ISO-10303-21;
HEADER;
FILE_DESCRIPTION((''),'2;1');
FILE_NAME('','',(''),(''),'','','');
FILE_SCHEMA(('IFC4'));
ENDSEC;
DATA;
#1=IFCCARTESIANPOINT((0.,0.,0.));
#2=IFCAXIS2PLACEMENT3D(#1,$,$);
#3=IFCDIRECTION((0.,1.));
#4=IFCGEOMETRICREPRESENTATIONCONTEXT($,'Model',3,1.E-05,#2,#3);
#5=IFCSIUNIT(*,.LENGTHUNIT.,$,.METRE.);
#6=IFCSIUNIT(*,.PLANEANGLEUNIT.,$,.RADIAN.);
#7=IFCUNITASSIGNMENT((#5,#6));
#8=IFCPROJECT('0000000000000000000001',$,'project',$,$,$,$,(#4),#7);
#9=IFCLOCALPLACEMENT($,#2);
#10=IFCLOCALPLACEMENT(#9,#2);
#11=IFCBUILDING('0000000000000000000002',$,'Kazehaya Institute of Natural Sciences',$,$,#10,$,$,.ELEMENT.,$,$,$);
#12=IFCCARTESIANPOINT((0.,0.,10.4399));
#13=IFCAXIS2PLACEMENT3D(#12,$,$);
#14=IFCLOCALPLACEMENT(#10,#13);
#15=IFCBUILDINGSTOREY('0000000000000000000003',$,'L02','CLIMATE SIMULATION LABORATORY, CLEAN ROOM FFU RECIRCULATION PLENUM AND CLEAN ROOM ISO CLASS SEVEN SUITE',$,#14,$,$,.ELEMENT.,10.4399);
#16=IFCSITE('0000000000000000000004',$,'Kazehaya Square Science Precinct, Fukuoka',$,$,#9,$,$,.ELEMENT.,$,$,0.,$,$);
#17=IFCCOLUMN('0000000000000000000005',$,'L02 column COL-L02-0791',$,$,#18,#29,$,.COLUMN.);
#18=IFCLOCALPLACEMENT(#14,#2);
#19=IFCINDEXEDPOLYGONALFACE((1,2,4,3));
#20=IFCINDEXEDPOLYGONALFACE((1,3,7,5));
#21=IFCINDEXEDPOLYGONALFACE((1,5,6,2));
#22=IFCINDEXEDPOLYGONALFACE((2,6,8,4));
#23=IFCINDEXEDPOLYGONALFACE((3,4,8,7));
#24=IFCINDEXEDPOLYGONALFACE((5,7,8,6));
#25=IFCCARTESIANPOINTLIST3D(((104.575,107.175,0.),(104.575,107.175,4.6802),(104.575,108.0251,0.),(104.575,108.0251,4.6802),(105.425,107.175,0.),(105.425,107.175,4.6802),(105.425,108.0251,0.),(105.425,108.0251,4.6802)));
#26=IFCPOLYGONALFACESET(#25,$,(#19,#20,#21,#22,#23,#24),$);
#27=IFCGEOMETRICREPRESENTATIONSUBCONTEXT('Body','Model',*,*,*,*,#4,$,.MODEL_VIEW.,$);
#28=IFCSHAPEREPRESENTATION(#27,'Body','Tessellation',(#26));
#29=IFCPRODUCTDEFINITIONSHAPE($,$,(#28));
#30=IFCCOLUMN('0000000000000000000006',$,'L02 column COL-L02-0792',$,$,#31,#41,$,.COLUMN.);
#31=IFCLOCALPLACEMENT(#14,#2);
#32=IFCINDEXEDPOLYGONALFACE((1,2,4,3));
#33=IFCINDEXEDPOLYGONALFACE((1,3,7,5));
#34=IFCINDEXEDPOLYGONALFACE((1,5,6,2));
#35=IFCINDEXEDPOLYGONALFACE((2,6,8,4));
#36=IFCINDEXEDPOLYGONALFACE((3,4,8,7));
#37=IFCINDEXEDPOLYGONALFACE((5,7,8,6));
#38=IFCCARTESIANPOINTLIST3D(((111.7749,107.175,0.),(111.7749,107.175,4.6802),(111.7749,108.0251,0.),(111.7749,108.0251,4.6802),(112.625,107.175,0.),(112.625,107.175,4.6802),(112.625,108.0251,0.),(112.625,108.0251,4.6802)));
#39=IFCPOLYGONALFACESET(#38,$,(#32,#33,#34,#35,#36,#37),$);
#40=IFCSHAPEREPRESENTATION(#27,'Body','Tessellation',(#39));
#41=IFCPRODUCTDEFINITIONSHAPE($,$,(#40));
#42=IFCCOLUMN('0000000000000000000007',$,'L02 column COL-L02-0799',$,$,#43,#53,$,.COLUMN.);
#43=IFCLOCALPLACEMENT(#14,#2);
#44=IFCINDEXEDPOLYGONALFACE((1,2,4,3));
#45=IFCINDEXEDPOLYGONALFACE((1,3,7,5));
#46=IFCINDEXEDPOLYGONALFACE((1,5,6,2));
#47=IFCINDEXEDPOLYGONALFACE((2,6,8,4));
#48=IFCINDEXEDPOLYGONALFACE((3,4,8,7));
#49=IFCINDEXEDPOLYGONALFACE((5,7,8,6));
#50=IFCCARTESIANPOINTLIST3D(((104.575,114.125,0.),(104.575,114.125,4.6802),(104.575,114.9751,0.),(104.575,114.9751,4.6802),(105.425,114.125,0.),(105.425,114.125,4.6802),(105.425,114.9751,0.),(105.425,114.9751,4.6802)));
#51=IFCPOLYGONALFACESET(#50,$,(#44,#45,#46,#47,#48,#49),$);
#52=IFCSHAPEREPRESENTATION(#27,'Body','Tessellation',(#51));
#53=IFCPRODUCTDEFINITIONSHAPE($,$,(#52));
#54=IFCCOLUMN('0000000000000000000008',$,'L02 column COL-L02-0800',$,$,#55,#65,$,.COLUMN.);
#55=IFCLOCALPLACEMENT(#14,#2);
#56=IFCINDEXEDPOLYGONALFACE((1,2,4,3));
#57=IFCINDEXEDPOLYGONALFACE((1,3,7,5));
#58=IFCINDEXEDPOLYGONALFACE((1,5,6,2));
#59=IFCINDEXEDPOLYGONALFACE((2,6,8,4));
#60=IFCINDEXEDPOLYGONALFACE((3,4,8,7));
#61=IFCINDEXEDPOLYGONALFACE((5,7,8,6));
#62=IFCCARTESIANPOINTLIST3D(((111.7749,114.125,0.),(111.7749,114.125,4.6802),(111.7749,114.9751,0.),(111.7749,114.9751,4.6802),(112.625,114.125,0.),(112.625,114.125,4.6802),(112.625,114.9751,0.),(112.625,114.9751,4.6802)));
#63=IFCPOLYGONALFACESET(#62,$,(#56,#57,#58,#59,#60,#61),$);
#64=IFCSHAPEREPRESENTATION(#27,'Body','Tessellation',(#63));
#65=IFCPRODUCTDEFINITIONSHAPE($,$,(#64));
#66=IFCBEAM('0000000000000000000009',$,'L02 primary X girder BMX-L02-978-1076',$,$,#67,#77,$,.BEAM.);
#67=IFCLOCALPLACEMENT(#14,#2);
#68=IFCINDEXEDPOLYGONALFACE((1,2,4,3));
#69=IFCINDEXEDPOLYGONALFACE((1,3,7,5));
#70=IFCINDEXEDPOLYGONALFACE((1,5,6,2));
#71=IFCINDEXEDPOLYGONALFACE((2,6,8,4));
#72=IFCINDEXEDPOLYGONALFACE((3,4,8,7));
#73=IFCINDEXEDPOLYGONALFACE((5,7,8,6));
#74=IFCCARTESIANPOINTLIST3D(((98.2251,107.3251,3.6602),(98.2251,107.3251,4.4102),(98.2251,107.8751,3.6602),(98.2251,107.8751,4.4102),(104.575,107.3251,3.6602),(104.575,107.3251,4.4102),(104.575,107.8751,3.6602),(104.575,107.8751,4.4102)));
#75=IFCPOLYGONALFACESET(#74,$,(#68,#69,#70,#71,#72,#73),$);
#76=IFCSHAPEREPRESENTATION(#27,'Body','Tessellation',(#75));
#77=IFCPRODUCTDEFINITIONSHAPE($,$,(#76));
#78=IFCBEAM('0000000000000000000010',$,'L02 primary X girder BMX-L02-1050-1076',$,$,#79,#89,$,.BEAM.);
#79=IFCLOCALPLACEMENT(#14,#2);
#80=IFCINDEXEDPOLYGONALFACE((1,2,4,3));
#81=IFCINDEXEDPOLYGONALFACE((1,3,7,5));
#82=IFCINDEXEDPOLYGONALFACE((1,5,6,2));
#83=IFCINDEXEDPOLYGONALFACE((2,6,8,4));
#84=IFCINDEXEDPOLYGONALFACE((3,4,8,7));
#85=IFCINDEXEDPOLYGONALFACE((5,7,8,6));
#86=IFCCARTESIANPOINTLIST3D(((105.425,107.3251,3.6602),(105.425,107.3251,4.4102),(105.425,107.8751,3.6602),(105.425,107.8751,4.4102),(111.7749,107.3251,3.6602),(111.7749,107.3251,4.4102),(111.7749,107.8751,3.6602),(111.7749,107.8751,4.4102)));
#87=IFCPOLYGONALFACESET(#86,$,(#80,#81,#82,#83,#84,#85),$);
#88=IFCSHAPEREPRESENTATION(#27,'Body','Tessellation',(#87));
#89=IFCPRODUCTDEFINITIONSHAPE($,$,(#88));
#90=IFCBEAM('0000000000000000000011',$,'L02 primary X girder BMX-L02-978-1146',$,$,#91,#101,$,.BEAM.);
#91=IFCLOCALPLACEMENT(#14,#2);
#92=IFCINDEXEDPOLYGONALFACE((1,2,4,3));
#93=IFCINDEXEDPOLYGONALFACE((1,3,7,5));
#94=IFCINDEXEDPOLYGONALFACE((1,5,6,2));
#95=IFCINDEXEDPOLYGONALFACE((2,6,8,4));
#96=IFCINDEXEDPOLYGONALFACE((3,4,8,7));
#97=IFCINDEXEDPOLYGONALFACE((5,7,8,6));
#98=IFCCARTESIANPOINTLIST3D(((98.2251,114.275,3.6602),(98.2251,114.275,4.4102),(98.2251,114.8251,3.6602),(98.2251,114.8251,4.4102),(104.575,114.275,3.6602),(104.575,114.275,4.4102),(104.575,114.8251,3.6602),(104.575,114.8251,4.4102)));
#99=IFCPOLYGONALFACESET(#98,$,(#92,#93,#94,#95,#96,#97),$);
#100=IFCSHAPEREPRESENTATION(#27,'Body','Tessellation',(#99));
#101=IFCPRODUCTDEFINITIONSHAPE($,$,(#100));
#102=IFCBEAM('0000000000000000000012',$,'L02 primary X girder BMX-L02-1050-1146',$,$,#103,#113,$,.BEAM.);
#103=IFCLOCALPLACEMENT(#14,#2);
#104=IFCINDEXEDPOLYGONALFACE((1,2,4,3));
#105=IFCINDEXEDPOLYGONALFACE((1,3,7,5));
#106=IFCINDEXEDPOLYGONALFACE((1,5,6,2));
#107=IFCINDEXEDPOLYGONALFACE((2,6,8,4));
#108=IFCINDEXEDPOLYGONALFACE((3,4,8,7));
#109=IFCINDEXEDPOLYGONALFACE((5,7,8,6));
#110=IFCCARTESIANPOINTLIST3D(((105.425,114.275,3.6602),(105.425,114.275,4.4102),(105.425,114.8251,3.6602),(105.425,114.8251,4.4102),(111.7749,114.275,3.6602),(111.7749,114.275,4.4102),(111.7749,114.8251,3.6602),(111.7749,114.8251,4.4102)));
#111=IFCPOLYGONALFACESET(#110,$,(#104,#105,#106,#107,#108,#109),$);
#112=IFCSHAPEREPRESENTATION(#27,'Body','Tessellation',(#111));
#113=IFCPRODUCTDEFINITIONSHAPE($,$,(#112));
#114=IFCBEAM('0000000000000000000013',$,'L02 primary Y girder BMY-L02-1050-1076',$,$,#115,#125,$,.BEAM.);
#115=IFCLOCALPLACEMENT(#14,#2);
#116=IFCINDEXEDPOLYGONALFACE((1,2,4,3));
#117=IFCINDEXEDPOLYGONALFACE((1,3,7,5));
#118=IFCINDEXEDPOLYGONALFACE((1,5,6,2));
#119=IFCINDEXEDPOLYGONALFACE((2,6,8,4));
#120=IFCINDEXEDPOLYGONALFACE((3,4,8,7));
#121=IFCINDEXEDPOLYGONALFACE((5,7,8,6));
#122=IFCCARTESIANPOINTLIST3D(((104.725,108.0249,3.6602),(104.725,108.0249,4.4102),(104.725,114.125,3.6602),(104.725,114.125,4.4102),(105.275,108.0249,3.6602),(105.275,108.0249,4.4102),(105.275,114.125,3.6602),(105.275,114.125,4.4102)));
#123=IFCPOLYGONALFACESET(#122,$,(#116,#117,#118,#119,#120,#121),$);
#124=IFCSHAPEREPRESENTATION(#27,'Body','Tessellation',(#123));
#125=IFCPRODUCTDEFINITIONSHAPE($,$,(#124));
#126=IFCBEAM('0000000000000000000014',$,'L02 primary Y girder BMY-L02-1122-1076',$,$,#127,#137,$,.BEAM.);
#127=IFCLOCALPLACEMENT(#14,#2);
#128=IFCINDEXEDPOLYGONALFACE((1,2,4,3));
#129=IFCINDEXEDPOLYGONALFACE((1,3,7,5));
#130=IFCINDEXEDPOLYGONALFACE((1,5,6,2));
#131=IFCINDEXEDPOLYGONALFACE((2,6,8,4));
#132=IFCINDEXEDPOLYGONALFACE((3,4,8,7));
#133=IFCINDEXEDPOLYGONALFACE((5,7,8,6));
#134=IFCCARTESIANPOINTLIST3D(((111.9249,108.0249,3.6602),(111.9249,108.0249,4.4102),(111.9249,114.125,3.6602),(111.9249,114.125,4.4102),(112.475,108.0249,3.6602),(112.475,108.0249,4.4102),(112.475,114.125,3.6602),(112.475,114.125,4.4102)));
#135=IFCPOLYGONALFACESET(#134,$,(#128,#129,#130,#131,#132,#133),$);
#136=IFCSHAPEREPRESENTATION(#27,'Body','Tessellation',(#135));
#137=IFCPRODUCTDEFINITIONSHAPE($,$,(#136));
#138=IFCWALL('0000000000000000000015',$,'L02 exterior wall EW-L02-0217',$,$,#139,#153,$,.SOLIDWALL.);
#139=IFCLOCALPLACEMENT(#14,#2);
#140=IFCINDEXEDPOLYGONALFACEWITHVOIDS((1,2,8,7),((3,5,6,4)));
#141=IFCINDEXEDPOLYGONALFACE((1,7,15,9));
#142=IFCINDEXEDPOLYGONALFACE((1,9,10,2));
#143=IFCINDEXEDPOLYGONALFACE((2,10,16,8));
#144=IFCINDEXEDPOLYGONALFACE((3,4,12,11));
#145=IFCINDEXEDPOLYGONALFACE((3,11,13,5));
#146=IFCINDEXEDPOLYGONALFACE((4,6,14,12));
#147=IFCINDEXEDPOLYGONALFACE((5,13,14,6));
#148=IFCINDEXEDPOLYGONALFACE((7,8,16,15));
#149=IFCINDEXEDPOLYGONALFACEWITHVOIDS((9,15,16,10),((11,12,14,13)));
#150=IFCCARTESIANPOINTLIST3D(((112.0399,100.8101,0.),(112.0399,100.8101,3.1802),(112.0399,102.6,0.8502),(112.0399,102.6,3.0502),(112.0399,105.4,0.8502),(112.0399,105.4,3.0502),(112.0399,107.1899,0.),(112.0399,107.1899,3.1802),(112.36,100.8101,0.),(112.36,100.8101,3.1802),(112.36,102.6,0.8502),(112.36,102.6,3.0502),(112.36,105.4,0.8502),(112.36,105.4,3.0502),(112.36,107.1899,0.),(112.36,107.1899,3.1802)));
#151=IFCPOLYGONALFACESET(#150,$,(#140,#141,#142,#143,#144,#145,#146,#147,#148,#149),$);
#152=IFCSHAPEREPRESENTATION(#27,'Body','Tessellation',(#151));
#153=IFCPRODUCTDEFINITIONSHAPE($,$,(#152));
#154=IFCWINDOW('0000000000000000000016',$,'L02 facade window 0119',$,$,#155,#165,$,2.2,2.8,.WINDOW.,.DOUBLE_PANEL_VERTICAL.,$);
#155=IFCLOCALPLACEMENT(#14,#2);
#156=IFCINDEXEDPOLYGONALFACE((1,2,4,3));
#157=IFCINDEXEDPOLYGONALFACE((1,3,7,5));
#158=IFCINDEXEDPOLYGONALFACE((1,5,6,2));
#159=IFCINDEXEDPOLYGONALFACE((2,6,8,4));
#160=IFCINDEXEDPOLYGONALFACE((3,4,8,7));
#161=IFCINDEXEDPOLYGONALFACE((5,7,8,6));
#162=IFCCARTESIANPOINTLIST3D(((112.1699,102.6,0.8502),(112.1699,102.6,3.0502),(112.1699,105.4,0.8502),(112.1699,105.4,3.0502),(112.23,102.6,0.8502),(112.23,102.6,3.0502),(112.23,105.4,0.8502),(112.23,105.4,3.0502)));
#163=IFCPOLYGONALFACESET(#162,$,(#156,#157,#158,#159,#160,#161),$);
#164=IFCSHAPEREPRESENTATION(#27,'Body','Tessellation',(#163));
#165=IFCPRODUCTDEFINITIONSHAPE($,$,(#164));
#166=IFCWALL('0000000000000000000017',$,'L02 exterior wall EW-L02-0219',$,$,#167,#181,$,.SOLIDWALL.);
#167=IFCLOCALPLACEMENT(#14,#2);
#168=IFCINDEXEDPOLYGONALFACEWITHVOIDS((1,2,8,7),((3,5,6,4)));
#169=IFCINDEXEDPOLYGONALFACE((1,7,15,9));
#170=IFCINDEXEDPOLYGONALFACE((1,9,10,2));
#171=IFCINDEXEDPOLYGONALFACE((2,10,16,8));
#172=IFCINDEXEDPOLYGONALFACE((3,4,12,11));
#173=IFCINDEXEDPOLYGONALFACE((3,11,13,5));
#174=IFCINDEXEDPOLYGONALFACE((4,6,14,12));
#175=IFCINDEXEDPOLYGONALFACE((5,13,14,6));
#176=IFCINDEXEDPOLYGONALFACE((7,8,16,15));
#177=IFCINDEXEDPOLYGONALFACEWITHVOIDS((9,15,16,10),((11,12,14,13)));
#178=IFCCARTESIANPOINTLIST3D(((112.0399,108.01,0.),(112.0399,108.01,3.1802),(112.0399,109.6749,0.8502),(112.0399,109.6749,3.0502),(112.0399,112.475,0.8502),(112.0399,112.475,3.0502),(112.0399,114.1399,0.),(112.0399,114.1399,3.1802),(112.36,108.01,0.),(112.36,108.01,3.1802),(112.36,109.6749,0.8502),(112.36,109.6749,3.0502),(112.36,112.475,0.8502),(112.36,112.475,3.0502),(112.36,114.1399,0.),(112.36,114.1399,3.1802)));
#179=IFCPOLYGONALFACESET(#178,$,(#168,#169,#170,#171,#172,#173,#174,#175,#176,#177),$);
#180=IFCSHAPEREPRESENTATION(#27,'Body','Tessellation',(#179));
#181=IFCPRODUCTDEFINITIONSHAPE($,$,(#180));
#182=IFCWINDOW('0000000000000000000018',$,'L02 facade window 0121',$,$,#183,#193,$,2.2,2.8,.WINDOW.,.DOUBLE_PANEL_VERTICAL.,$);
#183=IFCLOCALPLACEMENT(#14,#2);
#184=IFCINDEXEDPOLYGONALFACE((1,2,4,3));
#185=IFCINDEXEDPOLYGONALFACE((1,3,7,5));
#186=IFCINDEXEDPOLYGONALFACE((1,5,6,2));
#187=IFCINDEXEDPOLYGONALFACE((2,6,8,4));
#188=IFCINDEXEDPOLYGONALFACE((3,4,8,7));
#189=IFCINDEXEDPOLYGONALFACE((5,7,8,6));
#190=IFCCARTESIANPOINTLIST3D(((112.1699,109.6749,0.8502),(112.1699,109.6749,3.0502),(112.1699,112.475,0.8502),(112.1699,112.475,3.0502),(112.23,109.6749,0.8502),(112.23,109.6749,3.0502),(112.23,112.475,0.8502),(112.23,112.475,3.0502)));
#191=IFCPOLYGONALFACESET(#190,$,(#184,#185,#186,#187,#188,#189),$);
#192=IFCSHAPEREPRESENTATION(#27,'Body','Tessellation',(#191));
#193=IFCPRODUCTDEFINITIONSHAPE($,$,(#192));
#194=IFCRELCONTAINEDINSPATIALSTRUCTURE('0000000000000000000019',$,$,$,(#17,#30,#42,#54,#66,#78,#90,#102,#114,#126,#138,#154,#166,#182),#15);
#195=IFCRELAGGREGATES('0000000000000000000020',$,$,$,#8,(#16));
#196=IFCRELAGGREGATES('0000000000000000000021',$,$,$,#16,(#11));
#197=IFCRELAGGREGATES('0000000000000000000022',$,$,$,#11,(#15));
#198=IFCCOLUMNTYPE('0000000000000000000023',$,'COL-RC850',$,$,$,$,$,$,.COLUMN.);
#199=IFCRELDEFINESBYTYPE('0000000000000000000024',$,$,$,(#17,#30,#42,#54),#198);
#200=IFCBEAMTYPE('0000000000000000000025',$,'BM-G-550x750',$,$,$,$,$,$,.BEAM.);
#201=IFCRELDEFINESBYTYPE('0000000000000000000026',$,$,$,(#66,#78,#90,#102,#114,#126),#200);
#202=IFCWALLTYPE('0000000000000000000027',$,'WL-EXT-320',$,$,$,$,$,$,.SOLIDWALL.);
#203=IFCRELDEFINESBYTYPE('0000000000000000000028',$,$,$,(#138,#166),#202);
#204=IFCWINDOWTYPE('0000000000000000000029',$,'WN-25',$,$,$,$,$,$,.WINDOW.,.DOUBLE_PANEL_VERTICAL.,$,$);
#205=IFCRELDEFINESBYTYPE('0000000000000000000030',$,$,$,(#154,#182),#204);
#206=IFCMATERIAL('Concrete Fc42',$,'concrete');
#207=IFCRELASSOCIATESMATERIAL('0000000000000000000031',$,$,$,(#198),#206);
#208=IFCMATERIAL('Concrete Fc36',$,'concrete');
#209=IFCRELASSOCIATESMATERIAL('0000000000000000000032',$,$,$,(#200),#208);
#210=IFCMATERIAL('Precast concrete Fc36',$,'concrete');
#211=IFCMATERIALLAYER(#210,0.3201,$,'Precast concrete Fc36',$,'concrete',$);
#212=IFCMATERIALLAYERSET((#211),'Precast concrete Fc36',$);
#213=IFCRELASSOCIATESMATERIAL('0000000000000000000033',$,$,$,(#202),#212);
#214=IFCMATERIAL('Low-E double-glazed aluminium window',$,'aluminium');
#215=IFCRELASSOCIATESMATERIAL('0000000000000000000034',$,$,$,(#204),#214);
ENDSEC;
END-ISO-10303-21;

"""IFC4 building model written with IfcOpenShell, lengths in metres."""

from ifc_helpers import new_model, si_unit, direction, frame, frame_2d, origin, origin_2d, place, context, subcontext, project, spatial, rectangle, extrude, material, layer, layer_set, material_profile, profile_set, type_object, element, fill, save


model = new_model("IFC4")

# Units and contexts
model_context = context("Model", 3, precision=1e-05, world=origin(), true_north=direction((0.0, 1.0)))
body_context = subcontext(model_context, "Body", "Model", "MODEL_VIEW")
ifc_project = project(units=[si_unit("LENGTHUNIT", "METRE"), si_unit("PLANEANGLEUNIT", "RADIAN")], contexts=[model_context])

# Site, building, storey
site_placement = place(None, origin())
site = spatial("IfcSite", under=ifc_project, at=site_placement, Name="Kazehaya Square Science Precinct, Fukuoka", CompositionType="ELEMENT", RefElevation=0.0)
building_placement = place(site_placement, origin())
building = spatial("IfcBuilding", under=site, at=building_placement, Name="Kazehaya Institute of Natural Sciences", CompositionType="ELEMENT")
storey_placement = place(building_placement, frame((0.0, 0.0, 10.4399)))
storey = spatial("IfcBuildingStorey", under=building, at=storey_placement, Name="L02", Description="CLIMATE SIMULATION LABORATORY, CLEAN ROOM FFU RECIRCULATION PLENUM AND CLEAN ROOM ISO CLASS SEVEN SUITE", CompositionType="ELEMENT", Elevation=10.4399)

# Columns
ifc_material_1 = material(Name="Concrete Fc42", Category="concrete")
ifc_material_profile_1 = material_profile(ifc_material_1, rectangle(XDim=0.8501, YDim=0.8501, at=origin_2d()), Name="RC-850x850")
ifc_profile_set_1 = profile_set([ifc_material_profile_1], Name="Concrete Fc42")
column_type = type_object("IfcColumnType", Name="COL-RC850", PredefinedType="COLUMN", material=ifc_profile_set_1)
for number, where, z_axis, x_axis, name in (
    (1, (105.0, 107.6001, 0.0), (0.0, 0.0, 1.0), (1.0, 0.0, 0.0), "L02 column COL-L02-0791"),
    (2, (112.2, 107.6001, 0.0), (0.0, 0.0, 1.0), (1.0, 0.0, 0.0), "L02 column COL-L02-0792"),
    (3, (105.0, 114.55, 0.0), (0.0, 0.0, 1.0), (1.0, 0.0, 0.0), "L02 column COL-L02-0799"),
    (4, (112.2, 114.55, 0.0), (0.0, 0.0, 1.0), (1.0, 0.0, 0.0), "L02 column COL-L02-0800"),
):
    element("IfcColumn", number, at=place(storey_placement, frame(where, z_axis=z_axis, x_axis=x_axis)), inside=storey, type_object=column_type, Name=name, PredefinedType="COLUMN", context=body_context, shape_type="SweptSolid", body=[
        extrude(rectangle(XDim=0.8501, YDim=0.8501, at=origin_2d()), origin(), (0.0, 0.0, 1.0), 4.6802),
    ])

# Beams
ifc_material_2 = material(Name="Concrete Fc36", Category="concrete")
ifc_material_profile_2 = material_profile(ifc_material_2, rectangle(XDim=0.55, YDim=0.75, at=origin_2d()), Name="RC-550x750")
ifc_profile_set_2 = profile_set([ifc_material_profile_2], Name="Concrete Fc36")
beam_type = type_object("IfcBeamType", Name="BM-G-550x750", PredefinedType="BEAM", material=ifc_profile_set_2)
for number, where, z_axis, x_axis, name in (
    (5, (98.2251, 107.6001, 4.0352), (1.0, 0.0, 0.0), (0.0, 1.0, 0.0), "L02 primary X girder BMX-L02-978-1076"),
    (6, (105.425, 107.6001, 4.0352), (1.0, 0.0, 0.0), (0.0, 1.0, 0.0), "L02 primary X girder BMX-L02-1050-1076"),
    (7, (98.2251, 114.55, 4.0352), (1.0, 0.0, 0.0), (0.0, 1.0, 0.0), "L02 primary X girder BMX-L02-978-1146"),
    (8, (105.425, 114.55, 4.0352), (1.0, 0.0, 0.0), (0.0, 1.0, 0.0), "L02 primary X girder BMX-L02-1050-1146"),
):
    element("IfcBeam", number, at=place(storey_placement, frame(where, z_axis=z_axis, x_axis=x_axis)), inside=storey, type_object=beam_type, Name=name, PredefinedType="BEAM", context=body_context, shape_type="SweptSolid", body=[
        extrude(rectangle(XDim=0.55, YDim=0.75, at=origin_2d()), origin(), (0.0, 0.0, 1.0), 6.3499),
    ])
for number, where, z_axis, x_axis, name in (
    (9, (105.0, 108.0249, 4.0352), (0.0, 1.0, 0.0), (-1.0, 0.0, 0.0), "L02 primary Y girder BMY-L02-1050-1076"),
    (10, (112.2, 108.0249, 4.0352), (0.0, 1.0, 0.0), (-1.0, 0.0, 0.0), "L02 primary Y girder BMY-L02-1122-1076"),
):
    element("IfcBeam", number, at=place(storey_placement, frame(where, z_axis=z_axis, x_axis=x_axis)), inside=storey, type_object=beam_type, Name=name, PredefinedType="BEAM", context=body_context, shape_type="SweptSolid", body=[
        extrude(rectangle(XDim=0.55, YDim=0.75, at=origin_2d()), origin(), (0.0, 0.0, 1.0), 6.1001),
    ])

# Walls, openings, windows
ifc_material_3 = material(Name="Precast concrete Fc36", Category="concrete")
ifc_layer_1 = layer(ifc_material_3, 0.3201, Name="Precast concrete Fc36", Category="concrete")
ifc_layer_set_1 = layer_set([ifc_layer_1], Name="Precast concrete Fc36")
wall_type = type_object("IfcWallType", Name="WL-EXT-320", PredefinedType="SOLIDWALL", material=ifc_layer_set_1)
wall_1_placement = place(storey_placement, frame((112.2, 107.1899, 0.0), z_axis=(0.0, 0.0, 1.0), x_axis=(0.0, -1.0, 0.0)))
wall_1 = element("IfcWall", 11, at=wall_1_placement, inside=storey, type_object=wall_type, Name="L02 exterior wall EW-L02-0217", PredefinedType="SOLIDWALL", context=body_context, shape_type="SweptSolid", body=[
    extrude(rectangle(XDim=6.3799, YDim=0.3201, at=frame_2d((3.1899, 0.0))), origin(), (0.0, 0.0, 1.0), 3.1802),
])
opening_1_placement = place(wall_1_placement, frame((1.79, 0.0, 0.8501)))
opening_1 = element("IfcOpeningElement", 12, at=opening_1_placement, cuts=wall_1, PredefinedType="OPENING", context=body_context, shape_type="SweptSolid", body=[
    extrude(rectangle(XDim=2.8, YDim=2.2, at=frame_2d((1.3999, 1.1001))), frame((0.0, 0.1699, 0.0), z_axis=(0.0, -1.0, 0.0), x_axis=(1.0, 0.0, 0.0)), (0.0, 0.0, 1.0), 0.3401),
])
ifc_material_4 = material(Name="Low-E double-glazed aluminium window", Category="aluminium")
window_type_1 = type_object("IfcWindowType", Name="WN-25", PartitioningType="DOUBLE_PANEL_VERTICAL", PredefinedType="WINDOW", material=ifc_material_4)
window_1_placement = place(opening_1_placement, origin())
window_1 = element("IfcWindow", 13, at=window_1_placement, inside=storey, type_object=window_type_1, Name="L02 facade window 0119", OverallHeight=2.2, OverallWidth=2.8, PartitioningType="DOUBLE_PANEL_VERTICAL", PredefinedType="WINDOW", context=body_context, shape_type="SweptSolid", body=[
    extrude(rectangle(XDim=2.8, YDim=2.2, at=frame_2d((1.3999, 1.1001))), frame((0.0, 0.03, 0.0), z_axis=(0.0, -1.0, 0.0), x_axis=(1.0, 0.0, 0.0)), (0.0, 0.0, 1.0), 0.0601),
])
fill(opening_1, window_1)
wall_2_placement = place(storey_placement, frame((112.2, 114.1399, 0.0), z_axis=(0.0, 0.0, 1.0), x_axis=(0.0, -1.0, 0.0)))
wall_2 = element("IfcWall", 14, at=wall_2_placement, inside=storey, type_object=wall_type, Name="L02 exterior wall EW-L02-0219", PredefinedType="SOLIDWALL", context=body_context, shape_type="SweptSolid", body=[
    extrude(rectangle(XDim=6.1299, YDim=0.3201, at=frame_2d((3.0649, 0.0))), origin(), (0.0, 0.0, 1.0), 3.1802),
])
opening_2_placement = place(wall_2_placement, frame((1.665, 0.0, 0.8501)))
opening_2 = element("IfcOpeningElement", 15, at=opening_2_placement, cuts=wall_2, PredefinedType="OPENING", context=body_context, shape_type="SweptSolid", body=[
    extrude(rectangle(XDim=2.8, YDim=2.2, at=frame_2d((1.3999, 1.1001))), frame((0.0, 0.1699, 0.0), z_axis=(0.0, -1.0, 0.0), x_axis=(1.0, 0.0, 0.0)), (0.0, 0.0, 1.0), 0.3401),
])
window_2_placement = place(opening_2_placement, origin())
window_2 = element("IfcWindow", 16, at=window_2_placement, inside=storey, type_object=window_type_1, Name="L02 facade window 0121", OverallHeight=2.2, OverallWidth=2.8, PartitioningType="DOUBLE_PANEL_VERTICAL", PredefinedType="WINDOW", context=body_context, shape_type="SweptSolid", body=[
    extrude(rectangle(XDim=2.8, YDim=2.2, at=frame_2d((1.3999, 1.1001))), frame((0.0, 0.03, 0.0), z_axis=(0.0, -1.0, 0.0), x_axis=(1.0, 0.0, 0.0)), (0.0, 0.0, 1.0), 0.0601),
])
fill(opening_2, window_2)

save(model, "model.ifc")
